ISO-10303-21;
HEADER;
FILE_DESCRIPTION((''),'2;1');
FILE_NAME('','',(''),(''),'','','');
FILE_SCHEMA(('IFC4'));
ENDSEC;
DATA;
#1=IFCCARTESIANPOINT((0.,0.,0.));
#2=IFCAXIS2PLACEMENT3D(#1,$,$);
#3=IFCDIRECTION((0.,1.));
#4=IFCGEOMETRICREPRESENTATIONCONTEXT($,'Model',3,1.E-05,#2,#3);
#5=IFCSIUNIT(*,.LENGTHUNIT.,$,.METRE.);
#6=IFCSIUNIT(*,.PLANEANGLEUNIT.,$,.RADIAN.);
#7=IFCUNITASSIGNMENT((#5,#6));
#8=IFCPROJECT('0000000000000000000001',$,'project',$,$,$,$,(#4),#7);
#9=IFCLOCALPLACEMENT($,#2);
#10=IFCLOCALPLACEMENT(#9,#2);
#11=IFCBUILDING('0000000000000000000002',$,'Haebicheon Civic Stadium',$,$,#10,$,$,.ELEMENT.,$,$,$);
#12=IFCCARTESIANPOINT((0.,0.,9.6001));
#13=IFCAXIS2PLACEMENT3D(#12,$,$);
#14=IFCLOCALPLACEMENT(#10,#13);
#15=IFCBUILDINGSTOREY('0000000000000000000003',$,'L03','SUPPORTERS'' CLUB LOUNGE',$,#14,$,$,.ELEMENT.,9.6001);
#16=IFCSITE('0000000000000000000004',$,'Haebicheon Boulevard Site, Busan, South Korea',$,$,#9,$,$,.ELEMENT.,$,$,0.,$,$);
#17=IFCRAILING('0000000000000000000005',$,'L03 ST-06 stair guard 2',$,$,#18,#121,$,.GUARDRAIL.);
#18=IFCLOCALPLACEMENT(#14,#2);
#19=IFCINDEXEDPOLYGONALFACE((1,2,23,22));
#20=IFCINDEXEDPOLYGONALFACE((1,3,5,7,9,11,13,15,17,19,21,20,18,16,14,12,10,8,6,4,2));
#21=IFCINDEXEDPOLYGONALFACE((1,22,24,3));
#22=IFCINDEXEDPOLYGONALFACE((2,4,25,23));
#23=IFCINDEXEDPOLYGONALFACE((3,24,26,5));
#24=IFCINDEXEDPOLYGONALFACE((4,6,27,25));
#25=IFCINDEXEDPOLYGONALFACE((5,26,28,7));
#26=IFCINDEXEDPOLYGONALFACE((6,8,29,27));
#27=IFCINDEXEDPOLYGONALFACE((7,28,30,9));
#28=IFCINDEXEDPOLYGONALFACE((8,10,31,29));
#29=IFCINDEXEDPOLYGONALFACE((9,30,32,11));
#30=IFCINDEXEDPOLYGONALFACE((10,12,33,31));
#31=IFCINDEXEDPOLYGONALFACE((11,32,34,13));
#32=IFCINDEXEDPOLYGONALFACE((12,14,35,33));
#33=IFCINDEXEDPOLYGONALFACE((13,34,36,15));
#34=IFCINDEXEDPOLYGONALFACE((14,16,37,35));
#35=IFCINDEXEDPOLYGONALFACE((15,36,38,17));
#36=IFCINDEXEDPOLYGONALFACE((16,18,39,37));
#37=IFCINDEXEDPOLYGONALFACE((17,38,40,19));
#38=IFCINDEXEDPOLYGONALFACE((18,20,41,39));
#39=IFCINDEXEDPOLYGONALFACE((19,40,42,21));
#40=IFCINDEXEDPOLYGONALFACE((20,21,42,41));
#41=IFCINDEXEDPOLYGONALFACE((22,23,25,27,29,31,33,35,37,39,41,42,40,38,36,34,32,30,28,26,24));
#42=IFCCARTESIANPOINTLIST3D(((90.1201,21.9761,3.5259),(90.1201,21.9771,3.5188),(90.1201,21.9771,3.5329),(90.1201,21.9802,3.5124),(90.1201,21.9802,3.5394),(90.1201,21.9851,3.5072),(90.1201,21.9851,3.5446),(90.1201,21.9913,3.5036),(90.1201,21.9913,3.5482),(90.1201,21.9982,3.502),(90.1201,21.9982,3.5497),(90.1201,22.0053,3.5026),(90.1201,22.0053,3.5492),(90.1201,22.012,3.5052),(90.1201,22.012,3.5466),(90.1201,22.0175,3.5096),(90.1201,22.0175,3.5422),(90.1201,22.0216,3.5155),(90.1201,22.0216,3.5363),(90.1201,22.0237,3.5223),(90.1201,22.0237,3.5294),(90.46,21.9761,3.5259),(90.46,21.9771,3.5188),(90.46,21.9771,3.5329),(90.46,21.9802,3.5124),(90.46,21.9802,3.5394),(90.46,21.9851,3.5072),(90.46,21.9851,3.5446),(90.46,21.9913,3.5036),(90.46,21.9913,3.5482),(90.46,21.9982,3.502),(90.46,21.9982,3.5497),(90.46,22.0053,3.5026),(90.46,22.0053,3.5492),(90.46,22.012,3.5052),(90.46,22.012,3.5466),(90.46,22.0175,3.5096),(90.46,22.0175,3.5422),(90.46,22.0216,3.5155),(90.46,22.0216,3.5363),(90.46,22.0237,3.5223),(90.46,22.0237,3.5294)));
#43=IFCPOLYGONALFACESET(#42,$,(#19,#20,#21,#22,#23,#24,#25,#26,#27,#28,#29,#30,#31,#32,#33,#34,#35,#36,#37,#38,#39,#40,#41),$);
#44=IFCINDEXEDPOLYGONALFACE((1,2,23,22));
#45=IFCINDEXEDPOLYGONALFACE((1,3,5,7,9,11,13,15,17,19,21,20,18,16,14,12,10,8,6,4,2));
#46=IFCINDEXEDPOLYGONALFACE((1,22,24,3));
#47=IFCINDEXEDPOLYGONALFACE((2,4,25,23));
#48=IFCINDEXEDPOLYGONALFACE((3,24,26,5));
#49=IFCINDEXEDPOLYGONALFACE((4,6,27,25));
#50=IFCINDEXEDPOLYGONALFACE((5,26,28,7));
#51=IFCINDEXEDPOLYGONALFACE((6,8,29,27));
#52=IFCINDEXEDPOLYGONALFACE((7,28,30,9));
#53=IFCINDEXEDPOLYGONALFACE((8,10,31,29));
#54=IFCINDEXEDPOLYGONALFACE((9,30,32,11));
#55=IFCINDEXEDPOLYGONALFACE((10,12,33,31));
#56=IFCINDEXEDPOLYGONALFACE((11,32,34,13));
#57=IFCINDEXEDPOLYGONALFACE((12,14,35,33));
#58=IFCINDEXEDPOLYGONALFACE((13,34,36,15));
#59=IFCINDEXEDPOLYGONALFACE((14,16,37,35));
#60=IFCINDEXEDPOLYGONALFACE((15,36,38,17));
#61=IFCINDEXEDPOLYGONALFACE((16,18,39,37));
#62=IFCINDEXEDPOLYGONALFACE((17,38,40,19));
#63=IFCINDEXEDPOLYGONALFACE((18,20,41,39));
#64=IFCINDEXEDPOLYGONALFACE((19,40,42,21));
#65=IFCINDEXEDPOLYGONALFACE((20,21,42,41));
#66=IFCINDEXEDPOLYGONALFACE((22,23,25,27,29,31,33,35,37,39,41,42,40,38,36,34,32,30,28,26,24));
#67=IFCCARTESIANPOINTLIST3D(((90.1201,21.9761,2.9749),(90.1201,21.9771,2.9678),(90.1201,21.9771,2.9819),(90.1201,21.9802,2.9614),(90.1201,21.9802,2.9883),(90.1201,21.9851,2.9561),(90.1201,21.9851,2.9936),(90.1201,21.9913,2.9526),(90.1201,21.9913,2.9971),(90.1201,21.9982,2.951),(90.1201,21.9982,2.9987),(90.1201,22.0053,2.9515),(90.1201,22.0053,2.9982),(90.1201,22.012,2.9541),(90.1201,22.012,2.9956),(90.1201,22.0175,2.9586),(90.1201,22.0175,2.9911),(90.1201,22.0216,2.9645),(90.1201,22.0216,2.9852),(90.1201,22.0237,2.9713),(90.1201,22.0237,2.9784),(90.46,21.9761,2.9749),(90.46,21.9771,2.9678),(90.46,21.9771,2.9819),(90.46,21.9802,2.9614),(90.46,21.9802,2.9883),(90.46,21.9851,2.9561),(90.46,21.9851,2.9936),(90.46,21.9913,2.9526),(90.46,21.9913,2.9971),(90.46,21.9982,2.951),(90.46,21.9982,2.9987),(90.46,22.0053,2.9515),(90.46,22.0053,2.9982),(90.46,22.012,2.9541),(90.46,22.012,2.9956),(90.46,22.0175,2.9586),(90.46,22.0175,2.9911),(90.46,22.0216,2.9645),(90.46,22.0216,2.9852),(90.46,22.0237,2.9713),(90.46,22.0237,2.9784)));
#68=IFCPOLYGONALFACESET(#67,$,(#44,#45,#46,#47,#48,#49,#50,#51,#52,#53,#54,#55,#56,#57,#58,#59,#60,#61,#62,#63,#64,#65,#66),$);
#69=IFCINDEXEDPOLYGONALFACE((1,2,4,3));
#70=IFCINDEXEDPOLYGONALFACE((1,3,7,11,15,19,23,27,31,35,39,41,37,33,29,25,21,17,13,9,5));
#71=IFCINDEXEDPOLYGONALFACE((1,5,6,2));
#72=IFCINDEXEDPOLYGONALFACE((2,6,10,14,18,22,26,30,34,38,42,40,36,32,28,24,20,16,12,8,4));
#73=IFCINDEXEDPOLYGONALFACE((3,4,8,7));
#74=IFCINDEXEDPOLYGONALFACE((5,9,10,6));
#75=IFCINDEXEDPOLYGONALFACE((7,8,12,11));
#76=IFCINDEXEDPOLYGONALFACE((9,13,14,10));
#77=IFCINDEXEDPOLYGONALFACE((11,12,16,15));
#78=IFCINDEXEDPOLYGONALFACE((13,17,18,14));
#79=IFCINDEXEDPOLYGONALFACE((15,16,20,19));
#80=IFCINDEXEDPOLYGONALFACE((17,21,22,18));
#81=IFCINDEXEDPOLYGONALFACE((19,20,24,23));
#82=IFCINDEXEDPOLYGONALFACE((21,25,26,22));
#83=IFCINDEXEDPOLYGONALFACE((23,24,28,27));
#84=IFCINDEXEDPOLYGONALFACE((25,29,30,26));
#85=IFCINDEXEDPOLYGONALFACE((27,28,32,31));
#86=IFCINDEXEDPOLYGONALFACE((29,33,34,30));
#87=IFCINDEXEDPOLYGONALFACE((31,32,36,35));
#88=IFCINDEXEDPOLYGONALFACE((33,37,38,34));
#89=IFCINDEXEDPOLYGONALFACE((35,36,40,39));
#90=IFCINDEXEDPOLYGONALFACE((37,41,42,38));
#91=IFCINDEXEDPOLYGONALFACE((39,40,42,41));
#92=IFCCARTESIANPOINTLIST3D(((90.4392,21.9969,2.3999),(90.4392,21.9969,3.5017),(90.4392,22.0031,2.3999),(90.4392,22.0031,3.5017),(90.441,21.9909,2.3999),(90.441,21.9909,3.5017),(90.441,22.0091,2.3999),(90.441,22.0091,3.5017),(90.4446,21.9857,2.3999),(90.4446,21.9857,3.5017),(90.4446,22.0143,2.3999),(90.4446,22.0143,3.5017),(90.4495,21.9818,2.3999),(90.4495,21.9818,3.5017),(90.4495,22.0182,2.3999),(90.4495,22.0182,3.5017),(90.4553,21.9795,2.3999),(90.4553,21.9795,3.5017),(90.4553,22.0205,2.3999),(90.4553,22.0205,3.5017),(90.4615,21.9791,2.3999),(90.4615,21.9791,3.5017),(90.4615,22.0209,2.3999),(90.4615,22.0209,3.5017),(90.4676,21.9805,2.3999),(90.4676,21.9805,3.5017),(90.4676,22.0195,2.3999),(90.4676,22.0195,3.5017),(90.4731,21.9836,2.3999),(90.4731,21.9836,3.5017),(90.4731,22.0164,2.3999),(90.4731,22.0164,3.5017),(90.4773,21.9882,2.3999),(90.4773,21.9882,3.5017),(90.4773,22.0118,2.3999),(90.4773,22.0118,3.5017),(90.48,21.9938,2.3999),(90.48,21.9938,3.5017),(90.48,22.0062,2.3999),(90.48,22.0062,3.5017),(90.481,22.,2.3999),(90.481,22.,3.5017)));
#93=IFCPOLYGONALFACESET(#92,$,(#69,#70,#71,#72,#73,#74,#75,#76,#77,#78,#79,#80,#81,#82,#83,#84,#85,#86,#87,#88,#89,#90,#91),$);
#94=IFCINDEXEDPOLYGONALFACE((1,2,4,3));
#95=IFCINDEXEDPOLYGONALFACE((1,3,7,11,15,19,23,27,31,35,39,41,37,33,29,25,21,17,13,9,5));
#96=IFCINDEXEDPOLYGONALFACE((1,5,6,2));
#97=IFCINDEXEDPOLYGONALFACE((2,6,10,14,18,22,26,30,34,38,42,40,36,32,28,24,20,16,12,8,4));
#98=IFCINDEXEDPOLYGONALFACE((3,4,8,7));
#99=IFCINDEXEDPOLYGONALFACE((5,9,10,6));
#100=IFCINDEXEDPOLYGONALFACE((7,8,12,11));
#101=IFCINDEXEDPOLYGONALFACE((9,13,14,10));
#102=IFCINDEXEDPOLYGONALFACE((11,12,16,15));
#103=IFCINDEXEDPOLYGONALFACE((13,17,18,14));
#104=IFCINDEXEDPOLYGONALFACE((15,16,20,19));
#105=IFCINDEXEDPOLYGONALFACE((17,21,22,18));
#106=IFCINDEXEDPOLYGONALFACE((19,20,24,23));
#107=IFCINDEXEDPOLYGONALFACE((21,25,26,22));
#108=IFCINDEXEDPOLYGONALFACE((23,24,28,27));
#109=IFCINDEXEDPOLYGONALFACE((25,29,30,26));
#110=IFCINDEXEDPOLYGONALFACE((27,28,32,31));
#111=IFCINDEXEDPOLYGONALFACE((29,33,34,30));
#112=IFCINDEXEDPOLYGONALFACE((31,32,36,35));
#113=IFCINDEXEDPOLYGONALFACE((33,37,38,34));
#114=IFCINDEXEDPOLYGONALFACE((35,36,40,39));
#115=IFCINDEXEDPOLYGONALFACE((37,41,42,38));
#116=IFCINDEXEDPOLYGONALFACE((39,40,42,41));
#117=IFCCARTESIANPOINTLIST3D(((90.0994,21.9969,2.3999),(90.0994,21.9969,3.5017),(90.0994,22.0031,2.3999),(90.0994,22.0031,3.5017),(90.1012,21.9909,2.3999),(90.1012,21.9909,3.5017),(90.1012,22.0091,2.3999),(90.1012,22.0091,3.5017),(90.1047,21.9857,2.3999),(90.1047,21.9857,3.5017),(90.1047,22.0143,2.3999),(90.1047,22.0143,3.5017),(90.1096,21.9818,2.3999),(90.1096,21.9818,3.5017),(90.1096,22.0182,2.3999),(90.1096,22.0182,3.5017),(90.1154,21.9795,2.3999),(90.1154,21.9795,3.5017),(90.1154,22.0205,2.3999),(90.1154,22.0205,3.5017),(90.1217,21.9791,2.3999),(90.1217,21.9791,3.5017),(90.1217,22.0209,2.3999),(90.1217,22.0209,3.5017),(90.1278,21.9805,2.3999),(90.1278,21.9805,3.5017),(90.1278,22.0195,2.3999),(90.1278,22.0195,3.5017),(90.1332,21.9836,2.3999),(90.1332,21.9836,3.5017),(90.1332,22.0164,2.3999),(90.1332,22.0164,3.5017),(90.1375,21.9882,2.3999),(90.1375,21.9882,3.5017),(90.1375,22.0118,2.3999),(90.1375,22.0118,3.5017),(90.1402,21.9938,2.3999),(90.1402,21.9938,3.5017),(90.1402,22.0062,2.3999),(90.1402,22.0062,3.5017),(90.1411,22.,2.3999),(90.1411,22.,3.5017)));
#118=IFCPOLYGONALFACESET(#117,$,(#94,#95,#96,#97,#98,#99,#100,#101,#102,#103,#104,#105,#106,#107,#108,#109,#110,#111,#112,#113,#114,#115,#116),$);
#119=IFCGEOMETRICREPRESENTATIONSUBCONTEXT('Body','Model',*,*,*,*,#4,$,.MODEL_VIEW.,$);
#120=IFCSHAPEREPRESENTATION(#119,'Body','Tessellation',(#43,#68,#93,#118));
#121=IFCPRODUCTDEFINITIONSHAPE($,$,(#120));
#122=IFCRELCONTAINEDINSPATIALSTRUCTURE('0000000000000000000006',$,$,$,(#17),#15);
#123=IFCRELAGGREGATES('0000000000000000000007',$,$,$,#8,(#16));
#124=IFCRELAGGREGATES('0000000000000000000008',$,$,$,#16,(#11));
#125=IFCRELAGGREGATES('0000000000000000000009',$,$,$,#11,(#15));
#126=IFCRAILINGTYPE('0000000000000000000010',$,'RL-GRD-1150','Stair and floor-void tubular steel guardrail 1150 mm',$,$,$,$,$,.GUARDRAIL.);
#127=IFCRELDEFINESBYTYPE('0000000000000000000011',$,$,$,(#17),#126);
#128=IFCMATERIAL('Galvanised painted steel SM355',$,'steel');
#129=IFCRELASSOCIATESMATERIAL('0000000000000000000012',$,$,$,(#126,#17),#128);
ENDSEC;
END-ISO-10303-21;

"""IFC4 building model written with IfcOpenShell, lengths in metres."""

from ifc_helpers import new_model, si_unit, direction, frame, origin, origin_2d, place, context, subcontext, project, spatial, circle, extrude, material, type_object, element, save


model = new_model("IFC4")

# Units and contexts
model_context = context("Model", 3, precision=1e-05, world=origin(), true_north=direction((0.0, 1.0)))
body_context = subcontext(model_context, "Body", "Model", "MODEL_VIEW")
ifc_project = project(units=[si_unit("LENGTHUNIT", "METRE"), si_unit("PLANEANGLEUNIT", "RADIAN")], contexts=[model_context])

# Site, building, storey
site_placement = place(None, origin())
site = spatial("IfcSite", under=ifc_project, at=site_placement, Name="Haebicheon Boulevard Site, Busan, South Korea", CompositionType="ELEMENT", RefElevation=0.0)
building_placement = place(site_placement, origin())
building = spatial("IfcBuilding", under=site, at=building_placement, Name="Haebicheon Civic Stadium", CompositionType="ELEMENT")
storey_placement = place(building_placement, frame((0.0, 0.0, 9.6001)))
storey = spatial("IfcBuildingStorey", under=building, at=storey_placement, Name="L03", Description="SUPPORTERS' CLUB LOUNGE", CompositionType="ELEMENT", Elevation=9.6001)

# Railing
ifc_material_1 = material(Name="Galvanised painted steel SM355", Category="steel")
railing_type_1 = type_object("IfcRailingType", Name="RL-GRD-1150", Description="Stair and floor-void tubular steel guardrail 1150 mm", PredefinedType="GUARDRAIL", material=ifc_material_1)
railing_1_placement = place(storey_placement, frame((90.46, 22.0, 2.3999)))
element("IfcRailing", 1, at=railing_1_placement, inside=storey, type_object=railing_type_1, material=ifc_material_1, Name="L03 ST-06 stair guard 2", PredefinedType="GUARDRAIL", context=body_context, shape_type="SweptSolid", body=[
    extrude(circle(Radius=0.0239, at=origin_2d()), frame((0.0, 0.0, 1.126), z_axis=(-1.0, 0.0, 0.0), x_axis=(0.0, -1.0, 0.0)), (0.0, 0.0, 1.0), 0.3398),
    extrude(circle(Radius=0.0239, at=origin_2d()), frame((0.0, 0.0, 0.575), z_axis=(-1.0, 0.0, 0.0), x_axis=(0.0, -1.0, 0.0)), (0.0, 0.0, 1.0), 0.3398),
    extrude(circle(Radius=0.021, at=origin_2d()), origin(), (0.0, 0.0, 1.0), 1.1018),
    extrude(circle(Radius=0.021, at=origin_2d()), frame((-0.3398, 0.0, 0.0)), (0.0, 0.0, 1.0), 1.1018),
])

save(model, "model.ifc")
